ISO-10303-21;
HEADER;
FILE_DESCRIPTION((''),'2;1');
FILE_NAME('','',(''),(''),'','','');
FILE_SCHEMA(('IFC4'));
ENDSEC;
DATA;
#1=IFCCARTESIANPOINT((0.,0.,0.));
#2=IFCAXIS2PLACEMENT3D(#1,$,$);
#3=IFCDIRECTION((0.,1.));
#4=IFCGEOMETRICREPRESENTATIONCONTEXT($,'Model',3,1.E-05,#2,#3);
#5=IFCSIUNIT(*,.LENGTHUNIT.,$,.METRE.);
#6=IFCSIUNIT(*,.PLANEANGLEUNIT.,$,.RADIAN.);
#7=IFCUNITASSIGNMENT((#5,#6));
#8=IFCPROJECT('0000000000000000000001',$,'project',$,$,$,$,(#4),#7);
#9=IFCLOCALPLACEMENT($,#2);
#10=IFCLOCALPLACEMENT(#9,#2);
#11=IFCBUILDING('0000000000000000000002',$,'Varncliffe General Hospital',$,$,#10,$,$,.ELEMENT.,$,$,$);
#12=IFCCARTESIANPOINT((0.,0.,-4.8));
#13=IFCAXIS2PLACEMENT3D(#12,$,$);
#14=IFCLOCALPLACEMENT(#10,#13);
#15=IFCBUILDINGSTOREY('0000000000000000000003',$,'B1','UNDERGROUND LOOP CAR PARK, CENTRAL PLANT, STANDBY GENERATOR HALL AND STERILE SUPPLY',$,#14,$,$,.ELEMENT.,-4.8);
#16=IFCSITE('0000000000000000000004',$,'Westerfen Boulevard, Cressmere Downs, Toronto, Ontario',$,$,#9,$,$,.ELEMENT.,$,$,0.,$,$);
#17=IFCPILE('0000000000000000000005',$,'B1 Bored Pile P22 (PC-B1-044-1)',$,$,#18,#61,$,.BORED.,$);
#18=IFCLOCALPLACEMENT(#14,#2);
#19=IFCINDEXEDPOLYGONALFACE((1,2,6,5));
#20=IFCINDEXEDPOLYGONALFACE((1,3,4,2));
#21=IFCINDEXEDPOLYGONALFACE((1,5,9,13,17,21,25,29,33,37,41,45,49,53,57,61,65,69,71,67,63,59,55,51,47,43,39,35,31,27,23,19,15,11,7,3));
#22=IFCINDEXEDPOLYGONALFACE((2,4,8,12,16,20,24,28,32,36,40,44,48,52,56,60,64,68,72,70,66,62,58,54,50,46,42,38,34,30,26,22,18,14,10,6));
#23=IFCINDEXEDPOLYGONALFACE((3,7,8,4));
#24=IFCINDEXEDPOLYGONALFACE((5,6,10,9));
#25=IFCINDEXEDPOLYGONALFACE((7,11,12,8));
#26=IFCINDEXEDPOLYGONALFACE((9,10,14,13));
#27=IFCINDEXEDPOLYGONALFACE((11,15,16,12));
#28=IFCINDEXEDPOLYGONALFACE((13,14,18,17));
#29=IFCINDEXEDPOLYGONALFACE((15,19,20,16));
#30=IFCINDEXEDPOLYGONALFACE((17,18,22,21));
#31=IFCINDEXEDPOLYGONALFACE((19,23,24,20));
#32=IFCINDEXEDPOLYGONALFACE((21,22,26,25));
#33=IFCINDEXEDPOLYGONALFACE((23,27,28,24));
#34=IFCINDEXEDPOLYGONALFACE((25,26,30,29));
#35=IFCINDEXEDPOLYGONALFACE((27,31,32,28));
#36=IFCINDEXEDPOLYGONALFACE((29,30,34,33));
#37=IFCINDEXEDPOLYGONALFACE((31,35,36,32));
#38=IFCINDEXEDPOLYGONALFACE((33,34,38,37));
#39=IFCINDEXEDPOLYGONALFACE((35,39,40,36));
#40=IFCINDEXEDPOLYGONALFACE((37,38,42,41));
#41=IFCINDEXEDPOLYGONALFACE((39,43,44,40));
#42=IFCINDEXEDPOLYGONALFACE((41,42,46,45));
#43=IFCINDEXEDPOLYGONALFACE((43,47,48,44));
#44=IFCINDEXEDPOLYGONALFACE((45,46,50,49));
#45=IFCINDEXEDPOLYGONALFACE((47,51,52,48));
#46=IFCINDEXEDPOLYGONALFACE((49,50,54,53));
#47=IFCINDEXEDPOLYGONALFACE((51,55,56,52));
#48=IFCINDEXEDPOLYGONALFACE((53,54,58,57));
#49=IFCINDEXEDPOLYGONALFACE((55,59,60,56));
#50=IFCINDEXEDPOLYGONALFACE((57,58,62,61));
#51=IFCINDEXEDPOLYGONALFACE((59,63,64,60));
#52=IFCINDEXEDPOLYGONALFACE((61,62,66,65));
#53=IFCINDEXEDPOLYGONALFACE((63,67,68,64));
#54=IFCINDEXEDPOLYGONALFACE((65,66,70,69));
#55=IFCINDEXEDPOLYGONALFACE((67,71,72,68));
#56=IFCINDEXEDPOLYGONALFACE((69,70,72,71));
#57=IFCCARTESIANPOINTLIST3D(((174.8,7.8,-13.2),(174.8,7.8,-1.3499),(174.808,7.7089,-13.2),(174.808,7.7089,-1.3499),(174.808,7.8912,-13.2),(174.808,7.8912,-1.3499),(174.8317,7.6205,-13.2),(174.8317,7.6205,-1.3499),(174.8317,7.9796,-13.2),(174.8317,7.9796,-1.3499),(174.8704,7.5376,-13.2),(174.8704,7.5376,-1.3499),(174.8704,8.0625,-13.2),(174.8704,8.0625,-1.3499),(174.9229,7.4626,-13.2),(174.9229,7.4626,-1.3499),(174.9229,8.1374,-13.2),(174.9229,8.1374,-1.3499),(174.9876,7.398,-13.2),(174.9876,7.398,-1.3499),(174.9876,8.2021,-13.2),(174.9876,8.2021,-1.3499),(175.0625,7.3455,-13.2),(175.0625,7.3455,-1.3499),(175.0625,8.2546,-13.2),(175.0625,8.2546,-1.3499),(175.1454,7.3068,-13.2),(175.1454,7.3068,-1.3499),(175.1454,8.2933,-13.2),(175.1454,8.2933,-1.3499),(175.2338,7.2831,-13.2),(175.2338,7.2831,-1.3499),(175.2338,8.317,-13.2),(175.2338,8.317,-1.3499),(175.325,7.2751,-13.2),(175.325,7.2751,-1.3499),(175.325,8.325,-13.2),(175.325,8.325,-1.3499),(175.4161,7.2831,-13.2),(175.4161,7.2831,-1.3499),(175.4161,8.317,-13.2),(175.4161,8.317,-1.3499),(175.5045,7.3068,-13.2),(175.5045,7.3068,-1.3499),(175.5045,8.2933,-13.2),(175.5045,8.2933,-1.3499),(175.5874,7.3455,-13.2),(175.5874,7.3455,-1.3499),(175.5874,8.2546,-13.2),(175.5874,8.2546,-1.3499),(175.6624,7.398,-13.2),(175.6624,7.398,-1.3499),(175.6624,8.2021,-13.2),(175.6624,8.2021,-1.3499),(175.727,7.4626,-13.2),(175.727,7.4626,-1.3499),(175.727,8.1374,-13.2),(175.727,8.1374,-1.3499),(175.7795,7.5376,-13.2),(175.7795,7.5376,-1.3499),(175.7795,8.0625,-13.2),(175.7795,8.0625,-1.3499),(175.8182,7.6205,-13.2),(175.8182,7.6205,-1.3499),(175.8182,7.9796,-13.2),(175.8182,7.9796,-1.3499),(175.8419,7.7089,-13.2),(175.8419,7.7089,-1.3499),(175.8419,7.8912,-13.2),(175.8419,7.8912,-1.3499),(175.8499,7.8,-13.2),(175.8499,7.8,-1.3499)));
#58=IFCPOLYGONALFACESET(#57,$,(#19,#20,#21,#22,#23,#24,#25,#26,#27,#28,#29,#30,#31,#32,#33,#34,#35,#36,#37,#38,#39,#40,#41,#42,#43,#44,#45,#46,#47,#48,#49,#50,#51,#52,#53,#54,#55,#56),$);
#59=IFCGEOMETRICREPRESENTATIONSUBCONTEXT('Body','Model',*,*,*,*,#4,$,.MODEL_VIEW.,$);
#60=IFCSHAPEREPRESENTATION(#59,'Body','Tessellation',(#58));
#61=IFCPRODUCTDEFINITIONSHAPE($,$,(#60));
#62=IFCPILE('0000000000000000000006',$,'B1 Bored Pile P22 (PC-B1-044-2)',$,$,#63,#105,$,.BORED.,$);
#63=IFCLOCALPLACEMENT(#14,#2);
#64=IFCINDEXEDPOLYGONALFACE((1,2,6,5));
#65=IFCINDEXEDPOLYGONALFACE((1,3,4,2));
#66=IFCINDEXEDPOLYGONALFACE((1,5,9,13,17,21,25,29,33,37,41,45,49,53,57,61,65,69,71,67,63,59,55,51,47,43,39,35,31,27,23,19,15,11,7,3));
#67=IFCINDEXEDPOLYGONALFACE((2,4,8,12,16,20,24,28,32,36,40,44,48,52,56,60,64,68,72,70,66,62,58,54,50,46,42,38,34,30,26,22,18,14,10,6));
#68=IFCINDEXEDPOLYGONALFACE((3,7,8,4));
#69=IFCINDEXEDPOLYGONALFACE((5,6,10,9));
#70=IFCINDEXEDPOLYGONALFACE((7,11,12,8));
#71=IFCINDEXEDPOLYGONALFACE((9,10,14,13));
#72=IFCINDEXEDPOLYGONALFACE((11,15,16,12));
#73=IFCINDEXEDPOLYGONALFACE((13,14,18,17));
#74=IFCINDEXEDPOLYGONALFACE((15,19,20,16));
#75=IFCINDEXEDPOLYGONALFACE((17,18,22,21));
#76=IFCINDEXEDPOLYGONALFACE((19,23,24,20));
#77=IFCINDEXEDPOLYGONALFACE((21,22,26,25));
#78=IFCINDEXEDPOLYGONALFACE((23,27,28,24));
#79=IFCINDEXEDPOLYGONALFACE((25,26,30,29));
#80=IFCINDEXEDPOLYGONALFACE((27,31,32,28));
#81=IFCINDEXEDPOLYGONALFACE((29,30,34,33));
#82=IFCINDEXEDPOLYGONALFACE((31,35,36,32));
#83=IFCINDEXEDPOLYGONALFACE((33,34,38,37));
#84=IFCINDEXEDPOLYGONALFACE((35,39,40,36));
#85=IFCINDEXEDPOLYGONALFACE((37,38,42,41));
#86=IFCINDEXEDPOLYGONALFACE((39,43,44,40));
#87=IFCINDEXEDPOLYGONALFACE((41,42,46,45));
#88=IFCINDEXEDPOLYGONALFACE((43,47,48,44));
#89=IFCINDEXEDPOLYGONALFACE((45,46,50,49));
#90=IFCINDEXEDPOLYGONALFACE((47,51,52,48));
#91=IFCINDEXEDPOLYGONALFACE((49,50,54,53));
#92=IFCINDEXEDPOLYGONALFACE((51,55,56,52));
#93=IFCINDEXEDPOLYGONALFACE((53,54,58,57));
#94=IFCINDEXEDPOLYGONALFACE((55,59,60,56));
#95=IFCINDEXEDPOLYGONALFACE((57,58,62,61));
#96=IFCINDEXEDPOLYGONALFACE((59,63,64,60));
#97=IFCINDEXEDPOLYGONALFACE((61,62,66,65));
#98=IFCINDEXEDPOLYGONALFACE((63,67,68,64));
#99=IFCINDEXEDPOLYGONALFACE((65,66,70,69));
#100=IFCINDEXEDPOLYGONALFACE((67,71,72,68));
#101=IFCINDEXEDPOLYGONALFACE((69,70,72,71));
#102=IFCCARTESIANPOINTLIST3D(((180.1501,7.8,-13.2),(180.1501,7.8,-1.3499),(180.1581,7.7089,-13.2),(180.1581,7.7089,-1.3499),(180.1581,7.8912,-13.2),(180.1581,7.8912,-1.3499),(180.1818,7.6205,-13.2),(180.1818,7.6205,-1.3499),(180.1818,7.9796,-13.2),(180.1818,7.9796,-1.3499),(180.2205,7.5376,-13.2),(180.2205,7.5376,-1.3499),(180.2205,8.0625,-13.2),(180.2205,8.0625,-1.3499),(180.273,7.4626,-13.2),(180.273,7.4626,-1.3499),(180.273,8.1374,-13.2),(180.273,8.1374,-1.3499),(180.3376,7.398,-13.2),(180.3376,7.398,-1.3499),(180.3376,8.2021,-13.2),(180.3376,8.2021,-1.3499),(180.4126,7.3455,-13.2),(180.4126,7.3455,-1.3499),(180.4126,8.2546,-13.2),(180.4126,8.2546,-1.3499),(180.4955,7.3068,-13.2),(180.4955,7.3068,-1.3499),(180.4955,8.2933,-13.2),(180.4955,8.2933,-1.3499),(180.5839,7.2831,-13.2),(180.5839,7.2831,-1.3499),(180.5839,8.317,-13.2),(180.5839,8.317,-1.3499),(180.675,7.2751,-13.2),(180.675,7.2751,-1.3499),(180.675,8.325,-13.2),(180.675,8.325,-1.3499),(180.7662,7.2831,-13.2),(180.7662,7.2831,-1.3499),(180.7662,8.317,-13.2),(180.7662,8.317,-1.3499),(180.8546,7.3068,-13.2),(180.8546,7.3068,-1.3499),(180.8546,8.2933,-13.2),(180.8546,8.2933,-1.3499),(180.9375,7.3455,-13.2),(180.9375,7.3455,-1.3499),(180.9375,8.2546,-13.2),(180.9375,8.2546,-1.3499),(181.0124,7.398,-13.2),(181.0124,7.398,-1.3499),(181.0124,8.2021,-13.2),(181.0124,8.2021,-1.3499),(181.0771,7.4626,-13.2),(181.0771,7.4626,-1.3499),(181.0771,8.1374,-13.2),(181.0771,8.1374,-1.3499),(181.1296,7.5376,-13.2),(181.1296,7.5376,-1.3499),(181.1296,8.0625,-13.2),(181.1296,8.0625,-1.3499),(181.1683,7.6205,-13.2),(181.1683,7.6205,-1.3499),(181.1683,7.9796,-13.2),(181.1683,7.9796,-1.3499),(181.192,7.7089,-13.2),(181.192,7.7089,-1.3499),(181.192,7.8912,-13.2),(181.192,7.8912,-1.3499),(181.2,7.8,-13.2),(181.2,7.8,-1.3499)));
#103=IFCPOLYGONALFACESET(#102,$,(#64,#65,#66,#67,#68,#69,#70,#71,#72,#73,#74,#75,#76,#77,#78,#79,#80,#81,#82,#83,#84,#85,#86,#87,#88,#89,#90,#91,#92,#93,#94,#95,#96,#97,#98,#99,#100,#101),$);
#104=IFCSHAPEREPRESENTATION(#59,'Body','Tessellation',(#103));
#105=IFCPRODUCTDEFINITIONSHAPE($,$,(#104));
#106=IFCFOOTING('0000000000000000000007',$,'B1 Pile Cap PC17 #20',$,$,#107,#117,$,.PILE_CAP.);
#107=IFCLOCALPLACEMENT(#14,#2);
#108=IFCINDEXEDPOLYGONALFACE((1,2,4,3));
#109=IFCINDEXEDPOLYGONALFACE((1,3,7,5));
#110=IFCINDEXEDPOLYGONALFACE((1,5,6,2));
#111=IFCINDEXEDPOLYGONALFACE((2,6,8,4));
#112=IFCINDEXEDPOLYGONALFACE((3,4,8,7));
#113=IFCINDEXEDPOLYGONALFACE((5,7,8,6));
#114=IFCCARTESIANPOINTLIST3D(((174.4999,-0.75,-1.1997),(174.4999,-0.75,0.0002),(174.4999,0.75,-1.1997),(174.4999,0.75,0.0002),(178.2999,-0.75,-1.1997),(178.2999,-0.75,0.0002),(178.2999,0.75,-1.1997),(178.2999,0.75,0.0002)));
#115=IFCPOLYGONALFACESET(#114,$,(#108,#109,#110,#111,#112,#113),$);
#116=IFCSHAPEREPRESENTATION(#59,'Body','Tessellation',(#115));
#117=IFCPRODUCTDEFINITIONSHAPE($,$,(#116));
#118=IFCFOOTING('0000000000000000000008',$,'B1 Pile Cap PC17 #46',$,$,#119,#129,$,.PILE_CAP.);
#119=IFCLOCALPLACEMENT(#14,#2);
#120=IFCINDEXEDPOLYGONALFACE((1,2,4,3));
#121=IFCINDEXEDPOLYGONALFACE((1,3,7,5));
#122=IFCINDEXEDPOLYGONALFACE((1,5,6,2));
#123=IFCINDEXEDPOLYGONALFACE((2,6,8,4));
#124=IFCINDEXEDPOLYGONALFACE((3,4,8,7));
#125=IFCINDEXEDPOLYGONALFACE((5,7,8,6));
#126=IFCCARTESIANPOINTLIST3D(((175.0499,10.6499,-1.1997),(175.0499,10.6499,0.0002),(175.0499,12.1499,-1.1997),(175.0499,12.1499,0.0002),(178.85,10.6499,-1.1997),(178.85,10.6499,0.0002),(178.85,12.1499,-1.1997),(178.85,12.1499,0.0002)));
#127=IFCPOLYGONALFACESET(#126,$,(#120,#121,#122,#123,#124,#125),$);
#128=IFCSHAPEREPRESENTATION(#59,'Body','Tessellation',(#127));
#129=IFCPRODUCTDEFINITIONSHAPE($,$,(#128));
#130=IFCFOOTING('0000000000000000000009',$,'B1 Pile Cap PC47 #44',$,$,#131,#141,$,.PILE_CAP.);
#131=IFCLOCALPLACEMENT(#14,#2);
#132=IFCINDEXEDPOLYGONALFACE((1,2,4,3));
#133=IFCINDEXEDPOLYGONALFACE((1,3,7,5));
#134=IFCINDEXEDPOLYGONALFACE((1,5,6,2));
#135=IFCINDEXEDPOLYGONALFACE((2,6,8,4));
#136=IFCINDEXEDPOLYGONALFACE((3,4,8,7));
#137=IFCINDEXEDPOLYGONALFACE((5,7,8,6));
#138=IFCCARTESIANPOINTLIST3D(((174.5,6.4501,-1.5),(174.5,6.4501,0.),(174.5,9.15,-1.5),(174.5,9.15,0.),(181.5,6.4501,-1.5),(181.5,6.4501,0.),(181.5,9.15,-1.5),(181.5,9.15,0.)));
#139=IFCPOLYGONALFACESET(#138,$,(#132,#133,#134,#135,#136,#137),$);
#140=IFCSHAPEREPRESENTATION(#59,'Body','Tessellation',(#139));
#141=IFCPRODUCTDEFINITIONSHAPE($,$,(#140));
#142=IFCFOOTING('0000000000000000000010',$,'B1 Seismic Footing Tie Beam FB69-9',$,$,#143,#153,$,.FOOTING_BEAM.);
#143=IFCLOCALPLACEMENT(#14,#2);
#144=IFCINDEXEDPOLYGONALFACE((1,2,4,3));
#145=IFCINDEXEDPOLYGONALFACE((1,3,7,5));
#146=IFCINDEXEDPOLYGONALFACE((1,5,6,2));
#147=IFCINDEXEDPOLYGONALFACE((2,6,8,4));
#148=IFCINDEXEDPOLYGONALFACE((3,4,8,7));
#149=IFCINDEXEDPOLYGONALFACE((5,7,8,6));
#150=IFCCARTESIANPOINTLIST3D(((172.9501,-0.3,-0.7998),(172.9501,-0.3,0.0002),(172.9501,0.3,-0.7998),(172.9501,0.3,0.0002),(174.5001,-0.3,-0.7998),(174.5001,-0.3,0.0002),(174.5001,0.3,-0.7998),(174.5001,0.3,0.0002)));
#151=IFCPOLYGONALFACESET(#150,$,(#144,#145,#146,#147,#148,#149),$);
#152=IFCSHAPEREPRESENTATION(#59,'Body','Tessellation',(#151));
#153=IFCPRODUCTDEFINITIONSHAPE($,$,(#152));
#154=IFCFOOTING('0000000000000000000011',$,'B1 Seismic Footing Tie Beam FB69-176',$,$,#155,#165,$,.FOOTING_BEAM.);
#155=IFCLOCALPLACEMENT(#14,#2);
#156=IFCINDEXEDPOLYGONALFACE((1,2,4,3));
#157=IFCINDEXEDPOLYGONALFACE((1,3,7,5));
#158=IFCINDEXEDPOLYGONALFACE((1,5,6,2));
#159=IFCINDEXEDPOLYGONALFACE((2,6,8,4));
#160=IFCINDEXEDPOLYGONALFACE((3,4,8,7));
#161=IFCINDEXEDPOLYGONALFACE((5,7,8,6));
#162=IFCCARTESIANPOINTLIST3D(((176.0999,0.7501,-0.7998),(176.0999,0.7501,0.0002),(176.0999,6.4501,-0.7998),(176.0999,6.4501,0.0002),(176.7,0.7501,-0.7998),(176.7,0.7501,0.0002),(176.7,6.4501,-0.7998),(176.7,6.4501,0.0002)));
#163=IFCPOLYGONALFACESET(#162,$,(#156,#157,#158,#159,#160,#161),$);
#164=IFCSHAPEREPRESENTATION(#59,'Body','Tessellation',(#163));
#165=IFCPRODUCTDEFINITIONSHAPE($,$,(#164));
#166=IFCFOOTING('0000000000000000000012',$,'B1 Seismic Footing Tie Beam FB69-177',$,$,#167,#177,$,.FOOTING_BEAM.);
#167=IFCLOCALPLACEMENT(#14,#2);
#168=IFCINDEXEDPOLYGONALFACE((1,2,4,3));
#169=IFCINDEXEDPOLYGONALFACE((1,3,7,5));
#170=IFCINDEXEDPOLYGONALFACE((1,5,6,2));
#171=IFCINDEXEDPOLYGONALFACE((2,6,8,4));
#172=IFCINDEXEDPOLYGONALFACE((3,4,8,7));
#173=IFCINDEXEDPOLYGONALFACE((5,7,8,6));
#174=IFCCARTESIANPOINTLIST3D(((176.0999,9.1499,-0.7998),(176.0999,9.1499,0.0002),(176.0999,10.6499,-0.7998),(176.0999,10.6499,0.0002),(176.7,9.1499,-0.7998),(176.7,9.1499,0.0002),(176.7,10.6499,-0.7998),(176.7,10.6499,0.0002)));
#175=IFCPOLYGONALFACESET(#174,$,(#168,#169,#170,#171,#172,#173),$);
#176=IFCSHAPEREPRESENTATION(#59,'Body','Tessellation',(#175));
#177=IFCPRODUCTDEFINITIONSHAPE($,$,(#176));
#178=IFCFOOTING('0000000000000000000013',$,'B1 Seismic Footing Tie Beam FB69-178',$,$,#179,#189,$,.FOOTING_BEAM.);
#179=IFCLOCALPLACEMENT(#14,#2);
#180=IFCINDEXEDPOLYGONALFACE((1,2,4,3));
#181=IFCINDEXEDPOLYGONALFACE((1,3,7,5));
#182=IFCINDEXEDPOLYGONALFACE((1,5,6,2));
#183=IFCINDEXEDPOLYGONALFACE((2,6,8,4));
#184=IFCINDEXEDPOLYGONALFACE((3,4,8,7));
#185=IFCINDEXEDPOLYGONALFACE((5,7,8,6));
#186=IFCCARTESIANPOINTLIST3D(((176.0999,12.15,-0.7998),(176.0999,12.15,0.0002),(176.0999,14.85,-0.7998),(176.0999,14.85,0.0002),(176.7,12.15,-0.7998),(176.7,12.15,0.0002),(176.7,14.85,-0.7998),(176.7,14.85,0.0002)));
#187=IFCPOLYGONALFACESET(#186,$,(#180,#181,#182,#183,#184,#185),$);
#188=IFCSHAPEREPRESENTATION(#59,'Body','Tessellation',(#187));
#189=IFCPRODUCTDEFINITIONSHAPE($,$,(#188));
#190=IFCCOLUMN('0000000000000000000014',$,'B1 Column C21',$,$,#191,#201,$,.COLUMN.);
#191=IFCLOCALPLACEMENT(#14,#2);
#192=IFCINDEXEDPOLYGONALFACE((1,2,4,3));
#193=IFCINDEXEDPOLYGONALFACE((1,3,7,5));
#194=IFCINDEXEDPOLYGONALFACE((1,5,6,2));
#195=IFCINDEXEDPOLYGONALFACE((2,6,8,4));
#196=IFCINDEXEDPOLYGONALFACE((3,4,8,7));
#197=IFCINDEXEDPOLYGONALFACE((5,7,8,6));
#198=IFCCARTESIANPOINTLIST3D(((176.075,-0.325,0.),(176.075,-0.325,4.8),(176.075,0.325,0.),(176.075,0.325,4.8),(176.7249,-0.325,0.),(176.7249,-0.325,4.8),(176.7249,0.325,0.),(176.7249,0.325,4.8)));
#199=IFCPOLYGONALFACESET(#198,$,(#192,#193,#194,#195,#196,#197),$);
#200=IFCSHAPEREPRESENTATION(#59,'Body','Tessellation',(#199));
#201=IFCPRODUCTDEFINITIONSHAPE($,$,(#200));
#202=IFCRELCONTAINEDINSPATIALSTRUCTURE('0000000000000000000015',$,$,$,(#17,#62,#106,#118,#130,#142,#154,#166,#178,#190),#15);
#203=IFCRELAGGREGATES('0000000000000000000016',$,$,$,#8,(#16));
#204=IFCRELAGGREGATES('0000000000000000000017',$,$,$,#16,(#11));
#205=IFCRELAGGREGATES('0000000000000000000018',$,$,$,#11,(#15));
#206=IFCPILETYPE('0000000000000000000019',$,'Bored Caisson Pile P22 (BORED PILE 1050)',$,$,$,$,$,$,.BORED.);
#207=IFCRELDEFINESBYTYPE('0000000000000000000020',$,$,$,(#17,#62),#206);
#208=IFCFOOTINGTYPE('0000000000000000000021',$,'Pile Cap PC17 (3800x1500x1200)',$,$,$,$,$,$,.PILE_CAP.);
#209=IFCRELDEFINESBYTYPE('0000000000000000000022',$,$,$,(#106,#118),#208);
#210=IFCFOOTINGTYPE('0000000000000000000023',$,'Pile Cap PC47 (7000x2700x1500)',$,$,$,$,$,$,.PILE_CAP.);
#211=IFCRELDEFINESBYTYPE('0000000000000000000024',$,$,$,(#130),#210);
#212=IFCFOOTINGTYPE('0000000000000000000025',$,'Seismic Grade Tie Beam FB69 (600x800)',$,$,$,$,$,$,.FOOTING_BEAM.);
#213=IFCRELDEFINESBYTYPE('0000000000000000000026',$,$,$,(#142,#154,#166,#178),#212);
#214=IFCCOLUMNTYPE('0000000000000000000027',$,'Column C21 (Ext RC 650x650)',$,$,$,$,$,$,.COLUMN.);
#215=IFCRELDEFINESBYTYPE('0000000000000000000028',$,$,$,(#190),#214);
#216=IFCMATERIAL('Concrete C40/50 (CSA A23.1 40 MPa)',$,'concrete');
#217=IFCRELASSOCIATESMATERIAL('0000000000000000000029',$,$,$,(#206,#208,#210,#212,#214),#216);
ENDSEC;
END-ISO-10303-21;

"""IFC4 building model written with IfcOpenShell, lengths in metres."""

from ifc_helpers import new_model, si_unit, direction, frame, origin, origin_2d, place, context, subcontext, project, spatial, rectangle, circle, extrude, material, material_profile, profile_set, type_object, element, save


model = new_model("IFC4")

# Units and contexts
model_context = context("Model", 3, precision=1e-05, world=origin(), true_north=direction((0.0, 1.0)))
body_context = subcontext(model_context, "Body", "Model", "MODEL_VIEW")
ifc_project = project(units=[si_unit("LENGTHUNIT", "METRE"), si_unit("PLANEANGLEUNIT", "RADIAN")], contexts=[model_context])

# Site, building, storey
site_placement = place(None, origin())
site = spatial("IfcSite", under=ifc_project, at=site_placement, Name="Westerfen Boulevard, Cressmere Downs, Toronto, Ontario", CompositionType="ELEMENT", RefElevation=0.0)
building_placement = place(site_placement, origin())
building = spatial("IfcBuilding", under=site, at=building_placement, Name="Varncliffe General Hospital", CompositionType="ELEMENT")
storey_placement = place(building_placement, frame((0.0, 0.0, -4.8)))
storey = spatial("IfcBuildingStorey", under=building, at=storey_placement, Name="B1", Description="UNDERGROUND LOOP CAR PARK, CENTRAL PLANT, STANDBY GENERATOR HALL AND STERILE SUPPLY", CompositionType="ELEMENT", Elevation=-4.8)

# Piles
ifc_material_1 = material(Name="Concrete C40/50 (CSA A23.1 40 MPa)", Category="concrete")
ifc_material_profile_1 = material_profile(ifc_material_1, circle(Radius=0.5249, at=origin_2d()), Name="BORED PILE 1050")
ifc_profile_set_1 = profile_set([ifc_material_profile_1], Name="Concrete C40/50 (CSA A23.1 40 MPa)")
pile_type_1 = type_object("IfcPileType", Name="Bored Caisson Pile P22 (BORED PILE 1050)", PredefinedType="BORED", material=ifc_profile_set_1)
for number, where, z_axis, x_axis, name in (
    (1, (175.325, 7.8, -1.3499), (0.0, 0.0, -1.0), (1.0, 0.0, 0.0), "B1 Bored Pile P22 (PC-B1-044-1)"),
    (2, (180.675, 7.8, -1.3499), (0.0, 0.0, -1.0), (1.0, 0.0, 0.0), "B1 Bored Pile P22 (PC-B1-044-2)"),
):
    element("IfcPile", number, at=place(storey_placement, frame(where, z_axis=z_axis, x_axis=x_axis)), inside=storey, type_object=pile_type_1, Name=name, PredefinedType="BORED", context=body_context, shape_type="SweptSolid", body=[
        extrude(circle(Radius=0.5249, at=origin_2d()), origin(), (0.0, 0.0, 1.0), 11.8501),
    ])

# Footings
footing_type_1 = type_object("IfcFootingType", Name="Pile Cap PC17 (3800x1500x1200)", PredefinedType="PILE_CAP", material=ifc_material_1)
for number, where, z_axis, x_axis, name in (
    (3, (176.3999, 0.0, -1.1997), (0.0, 0.0, 1.0), (1.0, 0.0, 0.0), "B1 Pile Cap PC17 #20"),
    (4, (176.95, 11.3999, -1.1997), (0.0, 0.0, 1.0), (1.0, 0.0, 0.0), "B1 Pile Cap PC17 #46"),
):
    element("IfcFooting", number, at=place(storey_placement, frame(where, z_axis=z_axis, x_axis=x_axis)), inside=storey, type_object=footing_type_1, Name=name, PredefinedType="PILE_CAP", context=body_context, shape_type="SweptSolid", body=[
        extrude(rectangle(XDim=3.8, YDim=1.5, at=origin_2d()), origin(), (0.0, 0.0, 1.0), 1.2),
    ])
footing_type_2 = type_object("IfcFootingType", Name="Pile Cap PC47 (7000x2700x1500)", PredefinedType="PILE_CAP", material=ifc_material_1)
footing_1_placement = place(storey_placement, frame((178.0, 7.8, -1.5), z_axis=(0.0, 0.0, 1.0), x_axis=(1.0, 0.0, 0.0)))
element("IfcFooting", 5, at=footing_1_placement, inside=storey, type_object=footing_type_2, Name="B1 Pile Cap PC47 #44", PredefinedType="PILE_CAP", context=body_context, shape_type="SweptSolid", body=[
    extrude(rectangle(XDim=7.0, YDim=2.7, at=origin_2d()), origin(), (0.0, 0.0, 1.0), 1.5),
])
footing_type_3 = type_object("IfcFootingType", Name="Seismic Grade Tie Beam FB69 (600x800)", PredefinedType="FOOTING_BEAM", material=ifc_material_1)
footing_2_placement = place(storey_placement, frame((173.7251, 0.0, -0.7998), z_axis=(0.0, 0.0, 1.0), x_axis=(1.0, 0.0, 0.0)))
element("IfcFooting", 6, at=footing_2_placement, inside=storey, type_object=footing_type_3, Name="B1 Seismic Footing Tie Beam FB69-9", PredefinedType="FOOTING_BEAM", context=body_context, shape_type="SweptSolid", body=[
    extrude(rectangle(XDim=1.55, YDim=0.6001, at=origin_2d()), origin(), (0.0, 0.0, 1.0), 0.8),
])
footing_3_placement = place(storey_placement, frame((176.3999, 3.6001, -0.7998), z_axis=(0.0, 0.0, 1.0), x_axis=(1.0, 0.0, 0.0)))
element("IfcFooting", 7, at=footing_3_placement, inside=storey, type_object=footing_type_3, Name="B1 Seismic Footing Tie Beam FB69-176", PredefinedType="FOOTING_BEAM", context=body_context, shape_type="SweptSolid", body=[
    extrude(rectangle(XDim=0.6001, YDim=5.7, at=origin_2d()), origin(), (0.0, 0.0, 1.0), 0.8),
])
footing_4_placement = place(storey_placement, frame((176.3999, 9.8999, -0.7998), z_axis=(0.0, 0.0, 1.0), x_axis=(1.0, 0.0, 0.0)))
element("IfcFooting", 8, at=footing_4_placement, inside=storey, type_object=footing_type_3, Name="B1 Seismic Footing Tie Beam FB69-177", PredefinedType="FOOTING_BEAM", context=body_context, shape_type="SweptSolid", body=[
    extrude(rectangle(XDim=0.6001, YDim=1.5, at=origin_2d()), origin(), (0.0, 0.0, 1.0), 0.8),
])
footing_5_placement = place(storey_placement, frame((176.3999, 13.5, -0.7998), z_axis=(0.0, 0.0, 1.0), x_axis=(1.0, 0.0, 0.0)))
element("IfcFooting", 9, at=footing_5_placement, inside=storey, type_object=footing_type_3, Name="B1 Seismic Footing Tie Beam FB69-178", PredefinedType="FOOTING_BEAM", context=body_context, shape_type="SweptSolid", body=[
    extrude(rectangle(XDim=0.6001, YDim=2.7, at=origin_2d()), origin(), (0.0, 0.0, 1.0), 0.8),
])

# Column
ifc_material_profile_2 = material_profile(ifc_material_1, rectangle(XDim=0.6499, YDim=0.6499, at=origin_2d()), Name="RC 650x650")
ifc_profile_set_2 = profile_set([ifc_material_profile_2], Name="Concrete C40/50 (CSA A23.1 40 MPa)")
column_type_1 = type_object("IfcColumnType", Name="Column C21 (Ext RC 650x650)", PredefinedType="COLUMN", material=ifc_profile_set_2)
for number, where, z_axis, x_axis, name in (
    (10, (176.3999, 0.0, 0.0), (0.0, 0.0, 1.0), (1.0, 0.0, 0.0), "B1 Column C21"),
):
    element("IfcColumn", number, at=place(storey_placement, frame(where, z_axis=z_axis, x_axis=x_axis)), inside=storey, type_object=column_type_1, Name=name, PredefinedType="COLUMN", context=body_context, shape_type="SweptSolid", body=[
        extrude(rectangle(XDim=0.6499, YDim=0.6499, at=origin_2d()), origin(), (0.0, 0.0, 1.0), 4.8),
    ])

save(model, "model.ifc")
